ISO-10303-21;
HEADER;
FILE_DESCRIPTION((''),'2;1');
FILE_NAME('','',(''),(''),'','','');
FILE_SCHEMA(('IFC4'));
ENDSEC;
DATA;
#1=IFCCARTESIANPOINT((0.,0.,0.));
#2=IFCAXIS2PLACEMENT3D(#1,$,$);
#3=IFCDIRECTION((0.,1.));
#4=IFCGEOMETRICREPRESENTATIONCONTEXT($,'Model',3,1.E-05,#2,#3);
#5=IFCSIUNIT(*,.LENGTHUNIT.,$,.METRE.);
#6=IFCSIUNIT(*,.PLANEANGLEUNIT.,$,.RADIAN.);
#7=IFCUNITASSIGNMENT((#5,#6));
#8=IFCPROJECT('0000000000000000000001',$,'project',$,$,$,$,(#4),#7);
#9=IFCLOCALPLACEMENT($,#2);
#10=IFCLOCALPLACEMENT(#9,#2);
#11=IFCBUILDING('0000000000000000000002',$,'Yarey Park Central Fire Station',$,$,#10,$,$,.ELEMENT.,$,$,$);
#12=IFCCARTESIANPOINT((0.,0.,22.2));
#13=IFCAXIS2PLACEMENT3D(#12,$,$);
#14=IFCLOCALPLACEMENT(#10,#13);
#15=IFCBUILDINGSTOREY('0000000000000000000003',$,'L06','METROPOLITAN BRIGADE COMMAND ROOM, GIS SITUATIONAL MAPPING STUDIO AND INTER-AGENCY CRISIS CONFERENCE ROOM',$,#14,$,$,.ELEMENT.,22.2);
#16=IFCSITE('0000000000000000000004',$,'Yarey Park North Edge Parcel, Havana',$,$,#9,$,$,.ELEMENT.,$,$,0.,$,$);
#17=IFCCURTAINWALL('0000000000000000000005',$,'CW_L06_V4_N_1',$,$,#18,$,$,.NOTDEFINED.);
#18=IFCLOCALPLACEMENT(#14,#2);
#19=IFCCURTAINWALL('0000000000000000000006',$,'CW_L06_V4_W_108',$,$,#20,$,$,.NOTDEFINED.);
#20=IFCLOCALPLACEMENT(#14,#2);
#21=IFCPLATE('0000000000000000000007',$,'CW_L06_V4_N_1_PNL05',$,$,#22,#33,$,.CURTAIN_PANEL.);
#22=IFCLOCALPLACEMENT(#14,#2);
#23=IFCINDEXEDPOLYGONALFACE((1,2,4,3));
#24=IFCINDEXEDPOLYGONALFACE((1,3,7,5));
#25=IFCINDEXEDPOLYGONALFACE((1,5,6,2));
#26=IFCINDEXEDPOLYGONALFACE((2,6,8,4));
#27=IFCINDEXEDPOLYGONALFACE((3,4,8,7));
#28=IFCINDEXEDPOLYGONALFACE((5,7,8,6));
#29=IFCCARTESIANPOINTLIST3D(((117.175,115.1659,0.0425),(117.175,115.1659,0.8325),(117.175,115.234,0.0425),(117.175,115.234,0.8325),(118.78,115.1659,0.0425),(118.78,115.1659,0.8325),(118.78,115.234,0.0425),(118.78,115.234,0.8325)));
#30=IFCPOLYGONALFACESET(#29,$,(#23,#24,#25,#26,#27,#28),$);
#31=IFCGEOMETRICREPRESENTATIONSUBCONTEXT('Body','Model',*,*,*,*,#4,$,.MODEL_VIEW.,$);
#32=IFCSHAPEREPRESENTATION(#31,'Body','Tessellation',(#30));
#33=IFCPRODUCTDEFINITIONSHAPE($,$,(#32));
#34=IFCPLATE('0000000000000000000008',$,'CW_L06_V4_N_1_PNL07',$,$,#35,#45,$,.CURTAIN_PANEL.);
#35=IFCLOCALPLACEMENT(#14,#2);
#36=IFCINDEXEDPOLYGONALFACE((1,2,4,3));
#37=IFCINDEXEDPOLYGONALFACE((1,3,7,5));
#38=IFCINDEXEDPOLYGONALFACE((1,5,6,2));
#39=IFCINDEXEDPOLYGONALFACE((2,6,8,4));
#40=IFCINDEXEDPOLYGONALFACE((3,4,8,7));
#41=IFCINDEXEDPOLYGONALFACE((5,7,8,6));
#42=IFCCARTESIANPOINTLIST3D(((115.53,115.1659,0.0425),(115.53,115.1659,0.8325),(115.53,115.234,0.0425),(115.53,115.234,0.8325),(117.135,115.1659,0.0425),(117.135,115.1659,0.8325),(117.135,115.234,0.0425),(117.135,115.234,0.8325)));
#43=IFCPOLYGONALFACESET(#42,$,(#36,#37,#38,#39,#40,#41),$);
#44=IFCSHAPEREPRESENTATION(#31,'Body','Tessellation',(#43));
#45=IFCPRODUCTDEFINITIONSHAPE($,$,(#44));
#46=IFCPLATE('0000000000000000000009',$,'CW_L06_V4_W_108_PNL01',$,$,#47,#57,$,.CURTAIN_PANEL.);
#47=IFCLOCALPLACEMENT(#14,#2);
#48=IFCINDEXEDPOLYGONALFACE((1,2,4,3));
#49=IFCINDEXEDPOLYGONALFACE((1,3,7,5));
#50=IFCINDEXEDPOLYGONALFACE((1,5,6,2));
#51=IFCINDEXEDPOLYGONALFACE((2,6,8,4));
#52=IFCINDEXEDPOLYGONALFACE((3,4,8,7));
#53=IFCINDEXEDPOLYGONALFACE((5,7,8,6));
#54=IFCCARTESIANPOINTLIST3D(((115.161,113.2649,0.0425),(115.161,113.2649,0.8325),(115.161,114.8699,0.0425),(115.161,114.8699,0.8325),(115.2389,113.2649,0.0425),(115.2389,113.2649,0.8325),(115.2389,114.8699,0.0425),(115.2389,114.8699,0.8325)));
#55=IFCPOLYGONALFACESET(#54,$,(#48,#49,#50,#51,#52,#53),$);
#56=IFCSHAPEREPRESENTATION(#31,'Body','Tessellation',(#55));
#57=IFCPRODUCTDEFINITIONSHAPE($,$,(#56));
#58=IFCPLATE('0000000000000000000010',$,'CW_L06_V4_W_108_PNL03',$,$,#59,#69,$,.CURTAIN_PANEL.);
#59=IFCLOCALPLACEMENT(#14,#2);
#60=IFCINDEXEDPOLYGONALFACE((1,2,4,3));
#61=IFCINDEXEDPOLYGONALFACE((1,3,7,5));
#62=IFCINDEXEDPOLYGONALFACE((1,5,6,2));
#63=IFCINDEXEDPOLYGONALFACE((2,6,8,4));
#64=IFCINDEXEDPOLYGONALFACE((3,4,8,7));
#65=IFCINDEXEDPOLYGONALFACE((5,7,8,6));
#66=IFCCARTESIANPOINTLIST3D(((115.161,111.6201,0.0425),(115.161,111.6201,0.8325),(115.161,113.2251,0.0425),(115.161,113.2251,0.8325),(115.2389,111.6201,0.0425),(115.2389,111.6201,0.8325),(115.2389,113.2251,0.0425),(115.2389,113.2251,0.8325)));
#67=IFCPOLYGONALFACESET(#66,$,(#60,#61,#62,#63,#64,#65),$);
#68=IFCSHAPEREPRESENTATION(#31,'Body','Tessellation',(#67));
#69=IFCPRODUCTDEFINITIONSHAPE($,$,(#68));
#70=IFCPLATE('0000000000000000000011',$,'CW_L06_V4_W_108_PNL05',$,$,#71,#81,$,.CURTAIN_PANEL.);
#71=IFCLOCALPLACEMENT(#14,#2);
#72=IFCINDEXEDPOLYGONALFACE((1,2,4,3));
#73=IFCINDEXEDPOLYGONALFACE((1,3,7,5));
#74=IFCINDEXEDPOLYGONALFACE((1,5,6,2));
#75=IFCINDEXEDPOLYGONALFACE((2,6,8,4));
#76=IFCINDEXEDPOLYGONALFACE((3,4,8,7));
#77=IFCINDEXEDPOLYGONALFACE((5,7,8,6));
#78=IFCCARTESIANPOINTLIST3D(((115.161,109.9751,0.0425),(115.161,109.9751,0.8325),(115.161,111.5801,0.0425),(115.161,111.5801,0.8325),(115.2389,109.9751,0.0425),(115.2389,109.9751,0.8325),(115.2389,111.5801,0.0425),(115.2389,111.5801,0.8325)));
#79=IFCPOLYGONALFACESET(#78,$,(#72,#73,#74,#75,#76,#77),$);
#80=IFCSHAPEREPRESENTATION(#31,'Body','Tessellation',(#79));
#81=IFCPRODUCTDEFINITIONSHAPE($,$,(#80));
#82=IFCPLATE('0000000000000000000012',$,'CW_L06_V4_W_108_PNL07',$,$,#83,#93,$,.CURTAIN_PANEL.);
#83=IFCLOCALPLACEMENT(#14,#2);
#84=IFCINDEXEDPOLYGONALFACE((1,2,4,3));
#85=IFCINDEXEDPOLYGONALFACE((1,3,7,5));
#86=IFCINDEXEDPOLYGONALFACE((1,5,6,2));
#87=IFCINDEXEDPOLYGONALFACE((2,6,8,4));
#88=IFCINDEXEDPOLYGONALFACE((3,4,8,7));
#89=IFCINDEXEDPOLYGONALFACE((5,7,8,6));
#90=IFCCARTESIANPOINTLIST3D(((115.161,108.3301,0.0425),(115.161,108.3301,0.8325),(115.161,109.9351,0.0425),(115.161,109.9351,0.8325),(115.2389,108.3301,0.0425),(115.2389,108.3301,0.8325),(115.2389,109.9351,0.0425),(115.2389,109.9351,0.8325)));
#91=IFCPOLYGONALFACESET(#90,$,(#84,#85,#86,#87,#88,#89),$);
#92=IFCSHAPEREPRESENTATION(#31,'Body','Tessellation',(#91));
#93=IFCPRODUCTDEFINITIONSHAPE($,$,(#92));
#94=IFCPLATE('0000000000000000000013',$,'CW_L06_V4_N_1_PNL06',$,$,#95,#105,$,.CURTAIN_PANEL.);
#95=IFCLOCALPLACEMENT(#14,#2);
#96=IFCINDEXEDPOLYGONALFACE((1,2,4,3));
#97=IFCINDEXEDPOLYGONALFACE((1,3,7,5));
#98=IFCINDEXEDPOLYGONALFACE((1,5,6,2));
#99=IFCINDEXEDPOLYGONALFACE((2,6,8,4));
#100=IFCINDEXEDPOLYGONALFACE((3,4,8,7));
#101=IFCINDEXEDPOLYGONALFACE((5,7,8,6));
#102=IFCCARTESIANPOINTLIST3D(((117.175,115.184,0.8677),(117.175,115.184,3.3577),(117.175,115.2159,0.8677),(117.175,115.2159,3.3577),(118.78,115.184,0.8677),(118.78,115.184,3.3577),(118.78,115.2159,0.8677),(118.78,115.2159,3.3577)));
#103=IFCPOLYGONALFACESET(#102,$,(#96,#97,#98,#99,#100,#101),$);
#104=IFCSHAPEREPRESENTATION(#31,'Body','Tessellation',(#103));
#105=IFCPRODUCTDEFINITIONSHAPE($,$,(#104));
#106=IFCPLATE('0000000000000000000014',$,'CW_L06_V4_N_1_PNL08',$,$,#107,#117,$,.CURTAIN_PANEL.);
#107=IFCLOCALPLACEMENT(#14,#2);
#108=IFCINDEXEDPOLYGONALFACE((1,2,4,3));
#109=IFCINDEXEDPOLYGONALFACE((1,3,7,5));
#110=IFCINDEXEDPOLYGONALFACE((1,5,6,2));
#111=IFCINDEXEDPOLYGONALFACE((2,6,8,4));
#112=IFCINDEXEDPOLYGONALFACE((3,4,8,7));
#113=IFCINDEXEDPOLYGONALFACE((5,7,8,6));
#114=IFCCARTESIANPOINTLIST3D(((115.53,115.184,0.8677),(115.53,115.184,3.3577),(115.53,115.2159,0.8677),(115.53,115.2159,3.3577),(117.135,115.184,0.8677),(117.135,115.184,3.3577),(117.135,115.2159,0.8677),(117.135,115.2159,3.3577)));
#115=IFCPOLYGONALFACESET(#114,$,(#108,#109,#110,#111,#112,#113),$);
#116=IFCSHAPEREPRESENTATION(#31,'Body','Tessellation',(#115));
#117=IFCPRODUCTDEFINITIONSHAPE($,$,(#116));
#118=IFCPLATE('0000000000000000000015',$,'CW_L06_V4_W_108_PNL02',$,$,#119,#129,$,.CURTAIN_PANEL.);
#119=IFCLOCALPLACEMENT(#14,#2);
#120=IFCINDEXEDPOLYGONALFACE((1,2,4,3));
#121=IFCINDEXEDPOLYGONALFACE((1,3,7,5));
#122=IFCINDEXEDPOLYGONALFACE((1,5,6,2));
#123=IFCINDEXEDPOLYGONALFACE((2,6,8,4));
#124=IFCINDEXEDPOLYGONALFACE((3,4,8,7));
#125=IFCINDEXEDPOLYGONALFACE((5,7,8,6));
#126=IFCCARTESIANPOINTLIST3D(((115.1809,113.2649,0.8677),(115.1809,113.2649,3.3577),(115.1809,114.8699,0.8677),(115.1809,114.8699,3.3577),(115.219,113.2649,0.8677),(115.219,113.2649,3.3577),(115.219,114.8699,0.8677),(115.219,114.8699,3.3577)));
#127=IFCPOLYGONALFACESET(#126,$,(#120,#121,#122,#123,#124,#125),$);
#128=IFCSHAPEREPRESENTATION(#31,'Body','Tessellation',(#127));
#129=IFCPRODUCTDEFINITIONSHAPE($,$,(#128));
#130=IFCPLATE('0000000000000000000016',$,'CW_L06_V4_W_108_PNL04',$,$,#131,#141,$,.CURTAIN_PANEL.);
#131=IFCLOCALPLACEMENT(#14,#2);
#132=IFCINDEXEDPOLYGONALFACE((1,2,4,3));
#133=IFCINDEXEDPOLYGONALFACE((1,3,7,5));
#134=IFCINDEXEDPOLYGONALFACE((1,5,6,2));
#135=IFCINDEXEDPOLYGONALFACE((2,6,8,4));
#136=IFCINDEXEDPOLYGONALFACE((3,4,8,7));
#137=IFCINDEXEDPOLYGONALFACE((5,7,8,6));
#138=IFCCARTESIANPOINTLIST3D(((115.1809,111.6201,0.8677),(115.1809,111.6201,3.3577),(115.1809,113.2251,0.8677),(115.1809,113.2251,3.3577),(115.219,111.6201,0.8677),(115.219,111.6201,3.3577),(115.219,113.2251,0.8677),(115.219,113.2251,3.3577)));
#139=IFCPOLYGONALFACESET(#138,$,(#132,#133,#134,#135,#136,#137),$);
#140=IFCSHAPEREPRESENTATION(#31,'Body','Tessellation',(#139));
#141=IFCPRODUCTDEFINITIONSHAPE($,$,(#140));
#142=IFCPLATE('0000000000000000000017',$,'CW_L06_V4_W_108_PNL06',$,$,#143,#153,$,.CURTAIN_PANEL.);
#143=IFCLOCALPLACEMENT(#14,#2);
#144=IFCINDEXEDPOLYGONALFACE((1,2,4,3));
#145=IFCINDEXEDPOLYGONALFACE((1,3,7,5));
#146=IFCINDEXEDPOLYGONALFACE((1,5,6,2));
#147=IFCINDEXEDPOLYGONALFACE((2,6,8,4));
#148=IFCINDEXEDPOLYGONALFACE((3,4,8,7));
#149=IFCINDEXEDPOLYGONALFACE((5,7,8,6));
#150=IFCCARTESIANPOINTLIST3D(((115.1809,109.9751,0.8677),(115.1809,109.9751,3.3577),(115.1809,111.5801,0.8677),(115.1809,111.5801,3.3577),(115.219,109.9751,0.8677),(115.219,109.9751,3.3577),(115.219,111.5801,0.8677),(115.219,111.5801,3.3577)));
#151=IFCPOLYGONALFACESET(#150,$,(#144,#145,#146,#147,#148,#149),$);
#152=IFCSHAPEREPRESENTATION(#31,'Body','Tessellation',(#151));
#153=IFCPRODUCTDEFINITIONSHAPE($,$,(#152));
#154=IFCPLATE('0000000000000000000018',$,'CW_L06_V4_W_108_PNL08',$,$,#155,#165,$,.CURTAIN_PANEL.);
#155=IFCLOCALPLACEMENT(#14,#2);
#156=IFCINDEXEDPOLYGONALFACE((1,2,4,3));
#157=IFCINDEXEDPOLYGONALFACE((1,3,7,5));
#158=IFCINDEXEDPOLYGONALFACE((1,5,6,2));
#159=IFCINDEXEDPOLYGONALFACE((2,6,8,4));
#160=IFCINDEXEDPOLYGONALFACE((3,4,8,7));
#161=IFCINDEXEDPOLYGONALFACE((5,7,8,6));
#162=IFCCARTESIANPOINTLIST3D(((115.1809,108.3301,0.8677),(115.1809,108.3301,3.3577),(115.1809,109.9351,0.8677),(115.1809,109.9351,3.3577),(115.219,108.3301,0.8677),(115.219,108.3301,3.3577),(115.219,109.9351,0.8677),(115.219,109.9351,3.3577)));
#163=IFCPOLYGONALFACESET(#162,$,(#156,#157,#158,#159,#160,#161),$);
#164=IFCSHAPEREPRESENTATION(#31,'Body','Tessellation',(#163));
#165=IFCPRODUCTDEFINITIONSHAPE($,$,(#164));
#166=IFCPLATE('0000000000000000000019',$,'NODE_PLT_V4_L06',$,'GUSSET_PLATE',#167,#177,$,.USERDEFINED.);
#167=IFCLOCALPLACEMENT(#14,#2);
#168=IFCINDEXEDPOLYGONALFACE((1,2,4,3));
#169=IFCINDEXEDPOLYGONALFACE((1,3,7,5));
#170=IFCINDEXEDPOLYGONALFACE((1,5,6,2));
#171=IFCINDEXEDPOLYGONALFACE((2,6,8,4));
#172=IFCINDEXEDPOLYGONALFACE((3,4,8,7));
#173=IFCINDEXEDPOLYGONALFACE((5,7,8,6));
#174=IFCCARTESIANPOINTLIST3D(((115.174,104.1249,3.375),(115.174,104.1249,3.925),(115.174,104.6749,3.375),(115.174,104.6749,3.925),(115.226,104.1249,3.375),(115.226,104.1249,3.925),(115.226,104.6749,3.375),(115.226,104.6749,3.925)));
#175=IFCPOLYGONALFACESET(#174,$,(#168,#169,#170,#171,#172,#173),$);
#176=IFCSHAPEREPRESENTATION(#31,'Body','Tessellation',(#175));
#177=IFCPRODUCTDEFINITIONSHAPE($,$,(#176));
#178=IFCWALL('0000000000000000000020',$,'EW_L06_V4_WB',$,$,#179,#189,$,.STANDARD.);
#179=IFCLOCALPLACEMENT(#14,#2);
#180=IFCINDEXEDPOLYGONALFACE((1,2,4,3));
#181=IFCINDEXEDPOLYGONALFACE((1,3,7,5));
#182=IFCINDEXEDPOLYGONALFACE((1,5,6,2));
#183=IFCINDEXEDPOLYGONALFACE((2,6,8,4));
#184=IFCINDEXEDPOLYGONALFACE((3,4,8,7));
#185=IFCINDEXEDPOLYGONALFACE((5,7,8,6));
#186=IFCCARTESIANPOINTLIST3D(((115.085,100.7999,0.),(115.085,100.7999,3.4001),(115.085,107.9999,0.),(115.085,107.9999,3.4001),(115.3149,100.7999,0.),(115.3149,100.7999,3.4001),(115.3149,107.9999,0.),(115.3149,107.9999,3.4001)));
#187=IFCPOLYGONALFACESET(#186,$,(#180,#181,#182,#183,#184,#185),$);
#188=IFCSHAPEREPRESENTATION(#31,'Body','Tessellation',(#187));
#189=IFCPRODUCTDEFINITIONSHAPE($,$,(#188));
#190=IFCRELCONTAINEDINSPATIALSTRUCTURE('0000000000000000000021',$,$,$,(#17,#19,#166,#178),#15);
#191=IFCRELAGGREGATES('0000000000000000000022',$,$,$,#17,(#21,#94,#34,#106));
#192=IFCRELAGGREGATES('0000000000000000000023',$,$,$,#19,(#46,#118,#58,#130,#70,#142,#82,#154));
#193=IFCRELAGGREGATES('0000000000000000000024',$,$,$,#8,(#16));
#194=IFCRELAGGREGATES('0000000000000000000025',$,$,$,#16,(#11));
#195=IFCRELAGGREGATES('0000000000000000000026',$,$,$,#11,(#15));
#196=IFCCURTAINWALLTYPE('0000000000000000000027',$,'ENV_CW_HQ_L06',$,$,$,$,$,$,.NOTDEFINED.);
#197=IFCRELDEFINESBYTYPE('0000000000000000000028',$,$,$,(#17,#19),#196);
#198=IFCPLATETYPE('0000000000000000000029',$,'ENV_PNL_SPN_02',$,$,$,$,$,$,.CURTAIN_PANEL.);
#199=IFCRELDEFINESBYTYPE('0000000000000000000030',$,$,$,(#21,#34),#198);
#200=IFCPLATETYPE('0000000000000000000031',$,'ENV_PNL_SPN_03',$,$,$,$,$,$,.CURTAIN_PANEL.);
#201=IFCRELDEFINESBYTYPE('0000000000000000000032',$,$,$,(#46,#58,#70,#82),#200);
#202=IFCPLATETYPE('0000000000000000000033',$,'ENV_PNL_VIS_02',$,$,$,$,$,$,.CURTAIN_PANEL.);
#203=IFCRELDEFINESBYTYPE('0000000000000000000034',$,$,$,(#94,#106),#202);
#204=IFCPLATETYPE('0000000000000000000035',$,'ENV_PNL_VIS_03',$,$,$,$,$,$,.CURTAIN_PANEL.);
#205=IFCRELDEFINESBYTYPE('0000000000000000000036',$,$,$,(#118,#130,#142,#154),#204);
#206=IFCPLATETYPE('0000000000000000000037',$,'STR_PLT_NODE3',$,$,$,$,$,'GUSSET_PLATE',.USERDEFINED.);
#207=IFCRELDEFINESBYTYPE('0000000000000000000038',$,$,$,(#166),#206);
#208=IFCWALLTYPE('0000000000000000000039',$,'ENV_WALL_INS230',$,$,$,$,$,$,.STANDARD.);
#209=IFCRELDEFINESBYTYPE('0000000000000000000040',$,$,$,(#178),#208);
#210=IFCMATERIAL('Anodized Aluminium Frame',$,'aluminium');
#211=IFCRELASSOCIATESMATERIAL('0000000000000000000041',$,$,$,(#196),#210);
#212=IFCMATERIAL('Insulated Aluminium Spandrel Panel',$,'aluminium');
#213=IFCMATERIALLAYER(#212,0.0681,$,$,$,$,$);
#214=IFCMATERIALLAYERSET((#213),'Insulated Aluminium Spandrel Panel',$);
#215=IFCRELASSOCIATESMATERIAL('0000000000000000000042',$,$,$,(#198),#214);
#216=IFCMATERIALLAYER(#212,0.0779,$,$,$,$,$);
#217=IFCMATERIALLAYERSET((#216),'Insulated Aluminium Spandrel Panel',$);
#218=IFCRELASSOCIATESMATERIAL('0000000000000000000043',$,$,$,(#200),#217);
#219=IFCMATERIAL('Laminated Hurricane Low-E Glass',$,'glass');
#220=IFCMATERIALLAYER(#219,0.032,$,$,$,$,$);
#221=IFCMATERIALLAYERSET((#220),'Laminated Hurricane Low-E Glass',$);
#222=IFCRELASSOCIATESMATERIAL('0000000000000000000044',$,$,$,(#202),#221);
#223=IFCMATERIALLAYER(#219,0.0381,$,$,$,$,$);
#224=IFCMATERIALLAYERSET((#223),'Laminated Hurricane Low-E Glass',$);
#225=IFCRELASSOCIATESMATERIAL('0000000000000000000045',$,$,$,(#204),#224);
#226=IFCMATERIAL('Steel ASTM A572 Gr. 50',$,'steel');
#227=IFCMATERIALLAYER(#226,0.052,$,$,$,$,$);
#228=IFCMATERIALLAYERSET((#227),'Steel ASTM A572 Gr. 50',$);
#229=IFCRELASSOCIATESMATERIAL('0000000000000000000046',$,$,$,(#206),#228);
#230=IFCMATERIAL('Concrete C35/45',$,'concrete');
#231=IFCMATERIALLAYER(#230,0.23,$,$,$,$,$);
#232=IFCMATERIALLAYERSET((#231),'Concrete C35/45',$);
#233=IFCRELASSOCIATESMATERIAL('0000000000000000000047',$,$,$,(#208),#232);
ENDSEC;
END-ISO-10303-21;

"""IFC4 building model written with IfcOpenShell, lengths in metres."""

from ifc_helpers import new_model, si_unit, direction, frame, frame_2d, origin, origin_2d, place, context, subcontext, project, spatial, rectangle, extrude, material, layer, layer_set, type_object, element, aggregate, save


model = new_model("IFC4")

# Units and contexts
model_context = context("Model", 3, precision=1e-05, world=origin(), true_north=direction((0.0, 1.0)))
body_context = subcontext(model_context, "Body", "Model", "MODEL_VIEW")
ifc_project = project(units=[si_unit("LENGTHUNIT", "METRE"), si_unit("PLANEANGLEUNIT", "RADIAN")], contexts=[model_context])

# Site, building, storey
site_placement = place(None, origin())
site = spatial("IfcSite", under=ifc_project, at=site_placement, Name="Yarey Park North Edge Parcel, Havana", CompositionType="ELEMENT", RefElevation=0.0)
building_placement = place(site_placement, origin())
building = spatial("IfcBuilding", under=site, at=building_placement, Name="Yarey Park Central Fire Station", CompositionType="ELEMENT")
storey_placement = place(building_placement, frame((0.0, 0.0, 22.2)))
storey = spatial("IfcBuildingStorey", under=building, at=storey_placement, Name="L06", Description="METROPOLITAN BRIGADE COMMAND ROOM, GIS SITUATIONAL MAPPING STUDIO AND INTER-AGENCY CRISIS CONFERENCE ROOM", CompositionType="ELEMENT", Elevation=22.2)

# Curtain walls
ifc_material_1 = material(Name="Anodized Aluminium Frame", Category="aluminium")
curtain_wall_type = type_object("IfcCurtainWallType", Name="ENV_CW_HQ_L06", PredefinedType="NOTDEFINED", material=ifc_material_1)
curtain_wall_1_placement = place(storey_placement, origin())
curtain_wall_1 = element("IfcCurtainWall", 1, at=curtain_wall_1_placement, inside=storey, type_object=curtain_wall_type, Name="CW_L06_V4_N_1", PredefinedType="NOTDEFINED")
curtain_wall_2_placement = place(storey_placement, origin())
curtain_wall_2 = element("IfcCurtainWall", 2, at=curtain_wall_2_placement, inside=storey, type_object=curtain_wall_type, Name="CW_L06_V4_W_108", PredefinedType="NOTDEFINED")

# Plates
ifc_material_2 = material(Name="Insulated Aluminium Spandrel Panel", Category="aluminium")
ifc_layer_1 = layer(ifc_material_2, 0.0681)
ifc_layer_set_1 = layer_set([ifc_layer_1], Name="Insulated Aluminium Spandrel Panel")
plate_type_1 = type_object("IfcPlateType", Name="ENV_PNL_SPN_02", PredefinedType="CURTAIN_PANEL", material=ifc_layer_set_1)
plate_1_placement = place(storey_placement, frame((117.9775, 115.2, 0.0425), z_axis=(0.0, 0.0, 1.0), x_axis=(-1.0, 0.0, 0.0)))
plate_1 = element("IfcPlate", 3, at=plate_1_placement, type_object=plate_type_1, Name="CW_L06_V4_N_1_PNL05", PredefinedType="CURTAIN_PANEL", context=body_context, shape_type="SweptSolid", body=[
    extrude(rectangle(XDim=1.605, YDim=0.0681, at=origin_2d()), origin(), (0.0, 0.0, 1.0), 0.79),
])
plate_2_placement = place(storey_placement, frame((116.3325, 115.2, 0.0425), z_axis=(0.0, 0.0, 1.0), x_axis=(-1.0, 0.0, 0.0)))
plate_2 = element("IfcPlate", 4, at=plate_2_placement, type_object=plate_type_1, Name="CW_L06_V4_N_1_PNL07", PredefinedType="CURTAIN_PANEL", context=body_context, shape_type="SweptSolid", body=[
    extrude(rectangle(XDim=1.605, YDim=0.0681, at=origin_2d()), origin(), (0.0, 0.0, 1.0), 0.79),
])
ifc_layer_2 = layer(ifc_material_2, 0.0779)
ifc_layer_set_2 = layer_set([ifc_layer_2], Name="Insulated Aluminium Spandrel Panel")
plate_type_2 = type_object("IfcPlateType", Name="ENV_PNL_SPN_03", PredefinedType="CURTAIN_PANEL", material=ifc_layer_set_2)
plate_3_placement = place(storey_placement, frame((115.2, 114.0674, 0.0425), z_axis=(0.0, 0.0, 1.0), x_axis=(0.0, -1.0, 0.0)))
plate_3 = element("IfcPlate", 5, at=plate_3_placement, type_object=plate_type_2, Name="CW_L06_V4_W_108_PNL01", PredefinedType="CURTAIN_PANEL", context=body_context, shape_type="SweptSolid", body=[
    extrude(rectangle(XDim=1.605, YDim=0.0779, at=origin_2d()), origin(), (0.0, 0.0, 1.0), 0.79),
])
plate_4_placement = place(storey_placement, frame((115.2, 112.4226, 0.0425), z_axis=(0.0, 0.0, 1.0), x_axis=(0.0, -1.0, 0.0)))
plate_4 = element("IfcPlate", 6, at=plate_4_placement, type_object=plate_type_2, Name="CW_L06_V4_W_108_PNL03", PredefinedType="CURTAIN_PANEL", context=body_context, shape_type="SweptSolid", body=[
    extrude(rectangle(XDim=1.605, YDim=0.0779, at=origin_2d()), origin(), (0.0, 0.0, 1.0), 0.79),
])
plate_5_placement = place(storey_placement, frame((115.2, 110.7776, 0.0425), z_axis=(0.0, 0.0, 1.0), x_axis=(0.0, -1.0, 0.0)))
plate_5 = element("IfcPlate", 7, at=plate_5_placement, type_object=plate_type_2, Name="CW_L06_V4_W_108_PNL05", PredefinedType="CURTAIN_PANEL", context=body_context, shape_type="SweptSolid", body=[
    extrude(rectangle(XDim=1.605, YDim=0.0779, at=origin_2d()), origin(), (0.0, 0.0, 1.0), 0.79),
])
plate_6_placement = place(storey_placement, frame((115.2, 109.1326, 0.0425), z_axis=(0.0, 0.0, 1.0), x_axis=(0.0, -1.0, 0.0)))
plate_6 = element("IfcPlate", 8, at=plate_6_placement, type_object=plate_type_2, Name="CW_L06_V4_W_108_PNL07", PredefinedType="CURTAIN_PANEL", context=body_context, shape_type="SweptSolid", body=[
    extrude(rectangle(XDim=1.605, YDim=0.0779, at=origin_2d()), origin(), (0.0, 0.0, 1.0), 0.79),
])
ifc_material_3 = material(Name="Laminated Hurricane Low-E Glass", Category="glass")
ifc_layer_3 = layer(ifc_material_3, 0.032)
ifc_layer_set_3 = layer_set([ifc_layer_3], Name="Laminated Hurricane Low-E Glass")
plate_type_3 = type_object("IfcPlateType", Name="ENV_PNL_VIS_02", PredefinedType="CURTAIN_PANEL", material=ifc_layer_set_3)
plate_7_placement = place(storey_placement, frame((117.9775, 115.2, 0.8677), z_axis=(0.0, 0.0, 1.0), x_axis=(-1.0, 0.0, 0.0)))
plate_7 = element("IfcPlate", 9, at=plate_7_placement, type_object=plate_type_3, Name="CW_L06_V4_N_1_PNL06", PredefinedType="CURTAIN_PANEL", context=body_context, shape_type="SweptSolid", body=[
    extrude(rectangle(XDim=1.605, YDim=0.032, at=origin_2d()), origin(), (0.0, 0.0, 1.0), 2.49),
])
plate_8_placement = place(storey_placement, frame((116.3325, 115.2, 0.8677), z_axis=(0.0, 0.0, 1.0), x_axis=(-1.0, 0.0, 0.0)))
plate_8 = element("IfcPlate", 10, at=plate_8_placement, type_object=plate_type_3, Name="CW_L06_V4_N_1_PNL08", PredefinedType="CURTAIN_PANEL", context=body_context, shape_type="SweptSolid", body=[
    extrude(rectangle(XDim=1.605, YDim=0.032, at=origin_2d()), origin(), (0.0, 0.0, 1.0), 2.49),
])
aggregate(curtain_wall_1, [plate_1, plate_7, plate_2, plate_8])
ifc_layer_4 = layer(ifc_material_3, 0.0381)
ifc_layer_set_4 = layer_set([ifc_layer_4], Name="Laminated Hurricane Low-E Glass")
plate_type_4 = type_object("IfcPlateType", Name="ENV_PNL_VIS_03", PredefinedType="CURTAIN_PANEL", material=ifc_layer_set_4)
plate_9_placement = place(storey_placement, frame((115.2, 114.0674, 0.8677), z_axis=(0.0, 0.0, 1.0), x_axis=(0.0, -1.0, 0.0)))
plate_9 = element("IfcPlate", 11, at=plate_9_placement, type_object=plate_type_4, Name="CW_L06_V4_W_108_PNL02", PredefinedType="CURTAIN_PANEL", context=body_context, shape_type="SweptSolid", body=[
    extrude(rectangle(XDim=1.605, YDim=0.0381, at=origin_2d()), origin(), (0.0, 0.0, 1.0), 2.49),
])
plate_10_placement = place(storey_placement, frame((115.2, 112.4226, 0.8677), z_axis=(0.0, 0.0, 1.0), x_axis=(0.0, -1.0, 0.0)))
plate_10 = element("IfcPlate", 12, at=plate_10_placement, type_object=plate_type_4, Name="CW_L06_V4_W_108_PNL04", PredefinedType="CURTAIN_PANEL", context=body_context, shape_type="SweptSolid", body=[
    extrude(rectangle(XDim=1.605, YDim=0.0381, at=origin_2d()), origin(), (0.0, 0.0, 1.0), 2.49),
])
plate_11_placement = place(storey_placement, frame((115.2, 110.7776, 0.8677), z_axis=(0.0, 0.0, 1.0), x_axis=(0.0, -1.0, 0.0)))
plate_11 = element("IfcPlate", 13, at=plate_11_placement, type_object=plate_type_4, Name="CW_L06_V4_W_108_PNL06", PredefinedType="CURTAIN_PANEL", context=body_context, shape_type="SweptSolid", body=[
    extrude(rectangle(XDim=1.605, YDim=0.0381, at=origin_2d()), origin(), (0.0, 0.0, 1.0), 2.49),
])
plate_12_placement = place(storey_placement, frame((115.2, 109.1326, 0.8677), z_axis=(0.0, 0.0, 1.0), x_axis=(0.0, -1.0, 0.0)))
plate_12 = element("IfcPlate", 14, at=plate_12_placement, type_object=plate_type_4, Name="CW_L06_V4_W_108_PNL08", PredefinedType="CURTAIN_PANEL", context=body_context, shape_type="SweptSolid", body=[
    extrude(rectangle(XDim=1.605, YDim=0.0381, at=origin_2d()), origin(), (0.0, 0.0, 1.0), 2.49),
])
aggregate(curtain_wall_2, [plate_3, plate_9, plate_4, plate_10, plate_5, plate_11, plate_6, plate_12])
ifc_material_4 = material(Name="Steel ASTM A572 Gr. 50", Category="steel")
ifc_layer_5 = layer(ifc_material_4, 0.052)
ifc_layer_set_5 = layer_set([ifc_layer_5], Name="Steel ASTM A572 Gr. 50")
plate_type_5 = type_object("IfcPlateType", Name="STR_PLT_NODE3", ElementType="GUSSET_PLATE", PredefinedType="USERDEFINED", material=ifc_layer_set_5)
plate_13_placement = place(storey_placement, frame((115.2, 104.3999, 3.375), z_axis=(0.0, 0.0, 1.0), x_axis=(1.0, 0.0, 0.0)))
element("IfcPlate", 15, at=plate_13_placement, inside=storey, type_object=plate_type_5, Name="NODE_PLT_V4_L06", ObjectType="GUSSET_PLATE", PredefinedType="USERDEFINED", context=body_context, shape_type="SweptSolid", body=[
    extrude(rectangle(XDim=0.052, YDim=0.55, at=origin_2d()), origin(), (0.0, 0.0, 1.0), 0.55),
])

# Wall
ifc_material_5 = material(Name="Concrete C35/45", Category="concrete")
ifc_layer_6 = layer(ifc_material_5, 0.23)
ifc_layer_set_6 = layer_set([ifc_layer_6], Name="Concrete C35/45")
wall_type_1 = type_object("IfcWallType", Name="ENV_WALL_INS230", PredefinedType="STANDARD", material=ifc_layer_set_6)
wall_1_placement = place(storey_placement, frame((115.2, 108.0, 0.0), z_axis=(0.0, 0.0, 1.0), x_axis=(0.0, -1.0, 0.0)))
element("IfcWall", 16, at=wall_1_placement, inside=storey, type_object=wall_type_1, Name="EW_L06_V4_WB", PredefinedType="STANDARD", context=body_context, shape_type="SweptSolid", body=[
    extrude(rectangle(XDim=7.2, YDim=0.23, at=frame_2d((3.6001, 0.0))), origin(), (0.0, 0.0, 1.0), 3.4001),
])

save(model, "model.ifc")
